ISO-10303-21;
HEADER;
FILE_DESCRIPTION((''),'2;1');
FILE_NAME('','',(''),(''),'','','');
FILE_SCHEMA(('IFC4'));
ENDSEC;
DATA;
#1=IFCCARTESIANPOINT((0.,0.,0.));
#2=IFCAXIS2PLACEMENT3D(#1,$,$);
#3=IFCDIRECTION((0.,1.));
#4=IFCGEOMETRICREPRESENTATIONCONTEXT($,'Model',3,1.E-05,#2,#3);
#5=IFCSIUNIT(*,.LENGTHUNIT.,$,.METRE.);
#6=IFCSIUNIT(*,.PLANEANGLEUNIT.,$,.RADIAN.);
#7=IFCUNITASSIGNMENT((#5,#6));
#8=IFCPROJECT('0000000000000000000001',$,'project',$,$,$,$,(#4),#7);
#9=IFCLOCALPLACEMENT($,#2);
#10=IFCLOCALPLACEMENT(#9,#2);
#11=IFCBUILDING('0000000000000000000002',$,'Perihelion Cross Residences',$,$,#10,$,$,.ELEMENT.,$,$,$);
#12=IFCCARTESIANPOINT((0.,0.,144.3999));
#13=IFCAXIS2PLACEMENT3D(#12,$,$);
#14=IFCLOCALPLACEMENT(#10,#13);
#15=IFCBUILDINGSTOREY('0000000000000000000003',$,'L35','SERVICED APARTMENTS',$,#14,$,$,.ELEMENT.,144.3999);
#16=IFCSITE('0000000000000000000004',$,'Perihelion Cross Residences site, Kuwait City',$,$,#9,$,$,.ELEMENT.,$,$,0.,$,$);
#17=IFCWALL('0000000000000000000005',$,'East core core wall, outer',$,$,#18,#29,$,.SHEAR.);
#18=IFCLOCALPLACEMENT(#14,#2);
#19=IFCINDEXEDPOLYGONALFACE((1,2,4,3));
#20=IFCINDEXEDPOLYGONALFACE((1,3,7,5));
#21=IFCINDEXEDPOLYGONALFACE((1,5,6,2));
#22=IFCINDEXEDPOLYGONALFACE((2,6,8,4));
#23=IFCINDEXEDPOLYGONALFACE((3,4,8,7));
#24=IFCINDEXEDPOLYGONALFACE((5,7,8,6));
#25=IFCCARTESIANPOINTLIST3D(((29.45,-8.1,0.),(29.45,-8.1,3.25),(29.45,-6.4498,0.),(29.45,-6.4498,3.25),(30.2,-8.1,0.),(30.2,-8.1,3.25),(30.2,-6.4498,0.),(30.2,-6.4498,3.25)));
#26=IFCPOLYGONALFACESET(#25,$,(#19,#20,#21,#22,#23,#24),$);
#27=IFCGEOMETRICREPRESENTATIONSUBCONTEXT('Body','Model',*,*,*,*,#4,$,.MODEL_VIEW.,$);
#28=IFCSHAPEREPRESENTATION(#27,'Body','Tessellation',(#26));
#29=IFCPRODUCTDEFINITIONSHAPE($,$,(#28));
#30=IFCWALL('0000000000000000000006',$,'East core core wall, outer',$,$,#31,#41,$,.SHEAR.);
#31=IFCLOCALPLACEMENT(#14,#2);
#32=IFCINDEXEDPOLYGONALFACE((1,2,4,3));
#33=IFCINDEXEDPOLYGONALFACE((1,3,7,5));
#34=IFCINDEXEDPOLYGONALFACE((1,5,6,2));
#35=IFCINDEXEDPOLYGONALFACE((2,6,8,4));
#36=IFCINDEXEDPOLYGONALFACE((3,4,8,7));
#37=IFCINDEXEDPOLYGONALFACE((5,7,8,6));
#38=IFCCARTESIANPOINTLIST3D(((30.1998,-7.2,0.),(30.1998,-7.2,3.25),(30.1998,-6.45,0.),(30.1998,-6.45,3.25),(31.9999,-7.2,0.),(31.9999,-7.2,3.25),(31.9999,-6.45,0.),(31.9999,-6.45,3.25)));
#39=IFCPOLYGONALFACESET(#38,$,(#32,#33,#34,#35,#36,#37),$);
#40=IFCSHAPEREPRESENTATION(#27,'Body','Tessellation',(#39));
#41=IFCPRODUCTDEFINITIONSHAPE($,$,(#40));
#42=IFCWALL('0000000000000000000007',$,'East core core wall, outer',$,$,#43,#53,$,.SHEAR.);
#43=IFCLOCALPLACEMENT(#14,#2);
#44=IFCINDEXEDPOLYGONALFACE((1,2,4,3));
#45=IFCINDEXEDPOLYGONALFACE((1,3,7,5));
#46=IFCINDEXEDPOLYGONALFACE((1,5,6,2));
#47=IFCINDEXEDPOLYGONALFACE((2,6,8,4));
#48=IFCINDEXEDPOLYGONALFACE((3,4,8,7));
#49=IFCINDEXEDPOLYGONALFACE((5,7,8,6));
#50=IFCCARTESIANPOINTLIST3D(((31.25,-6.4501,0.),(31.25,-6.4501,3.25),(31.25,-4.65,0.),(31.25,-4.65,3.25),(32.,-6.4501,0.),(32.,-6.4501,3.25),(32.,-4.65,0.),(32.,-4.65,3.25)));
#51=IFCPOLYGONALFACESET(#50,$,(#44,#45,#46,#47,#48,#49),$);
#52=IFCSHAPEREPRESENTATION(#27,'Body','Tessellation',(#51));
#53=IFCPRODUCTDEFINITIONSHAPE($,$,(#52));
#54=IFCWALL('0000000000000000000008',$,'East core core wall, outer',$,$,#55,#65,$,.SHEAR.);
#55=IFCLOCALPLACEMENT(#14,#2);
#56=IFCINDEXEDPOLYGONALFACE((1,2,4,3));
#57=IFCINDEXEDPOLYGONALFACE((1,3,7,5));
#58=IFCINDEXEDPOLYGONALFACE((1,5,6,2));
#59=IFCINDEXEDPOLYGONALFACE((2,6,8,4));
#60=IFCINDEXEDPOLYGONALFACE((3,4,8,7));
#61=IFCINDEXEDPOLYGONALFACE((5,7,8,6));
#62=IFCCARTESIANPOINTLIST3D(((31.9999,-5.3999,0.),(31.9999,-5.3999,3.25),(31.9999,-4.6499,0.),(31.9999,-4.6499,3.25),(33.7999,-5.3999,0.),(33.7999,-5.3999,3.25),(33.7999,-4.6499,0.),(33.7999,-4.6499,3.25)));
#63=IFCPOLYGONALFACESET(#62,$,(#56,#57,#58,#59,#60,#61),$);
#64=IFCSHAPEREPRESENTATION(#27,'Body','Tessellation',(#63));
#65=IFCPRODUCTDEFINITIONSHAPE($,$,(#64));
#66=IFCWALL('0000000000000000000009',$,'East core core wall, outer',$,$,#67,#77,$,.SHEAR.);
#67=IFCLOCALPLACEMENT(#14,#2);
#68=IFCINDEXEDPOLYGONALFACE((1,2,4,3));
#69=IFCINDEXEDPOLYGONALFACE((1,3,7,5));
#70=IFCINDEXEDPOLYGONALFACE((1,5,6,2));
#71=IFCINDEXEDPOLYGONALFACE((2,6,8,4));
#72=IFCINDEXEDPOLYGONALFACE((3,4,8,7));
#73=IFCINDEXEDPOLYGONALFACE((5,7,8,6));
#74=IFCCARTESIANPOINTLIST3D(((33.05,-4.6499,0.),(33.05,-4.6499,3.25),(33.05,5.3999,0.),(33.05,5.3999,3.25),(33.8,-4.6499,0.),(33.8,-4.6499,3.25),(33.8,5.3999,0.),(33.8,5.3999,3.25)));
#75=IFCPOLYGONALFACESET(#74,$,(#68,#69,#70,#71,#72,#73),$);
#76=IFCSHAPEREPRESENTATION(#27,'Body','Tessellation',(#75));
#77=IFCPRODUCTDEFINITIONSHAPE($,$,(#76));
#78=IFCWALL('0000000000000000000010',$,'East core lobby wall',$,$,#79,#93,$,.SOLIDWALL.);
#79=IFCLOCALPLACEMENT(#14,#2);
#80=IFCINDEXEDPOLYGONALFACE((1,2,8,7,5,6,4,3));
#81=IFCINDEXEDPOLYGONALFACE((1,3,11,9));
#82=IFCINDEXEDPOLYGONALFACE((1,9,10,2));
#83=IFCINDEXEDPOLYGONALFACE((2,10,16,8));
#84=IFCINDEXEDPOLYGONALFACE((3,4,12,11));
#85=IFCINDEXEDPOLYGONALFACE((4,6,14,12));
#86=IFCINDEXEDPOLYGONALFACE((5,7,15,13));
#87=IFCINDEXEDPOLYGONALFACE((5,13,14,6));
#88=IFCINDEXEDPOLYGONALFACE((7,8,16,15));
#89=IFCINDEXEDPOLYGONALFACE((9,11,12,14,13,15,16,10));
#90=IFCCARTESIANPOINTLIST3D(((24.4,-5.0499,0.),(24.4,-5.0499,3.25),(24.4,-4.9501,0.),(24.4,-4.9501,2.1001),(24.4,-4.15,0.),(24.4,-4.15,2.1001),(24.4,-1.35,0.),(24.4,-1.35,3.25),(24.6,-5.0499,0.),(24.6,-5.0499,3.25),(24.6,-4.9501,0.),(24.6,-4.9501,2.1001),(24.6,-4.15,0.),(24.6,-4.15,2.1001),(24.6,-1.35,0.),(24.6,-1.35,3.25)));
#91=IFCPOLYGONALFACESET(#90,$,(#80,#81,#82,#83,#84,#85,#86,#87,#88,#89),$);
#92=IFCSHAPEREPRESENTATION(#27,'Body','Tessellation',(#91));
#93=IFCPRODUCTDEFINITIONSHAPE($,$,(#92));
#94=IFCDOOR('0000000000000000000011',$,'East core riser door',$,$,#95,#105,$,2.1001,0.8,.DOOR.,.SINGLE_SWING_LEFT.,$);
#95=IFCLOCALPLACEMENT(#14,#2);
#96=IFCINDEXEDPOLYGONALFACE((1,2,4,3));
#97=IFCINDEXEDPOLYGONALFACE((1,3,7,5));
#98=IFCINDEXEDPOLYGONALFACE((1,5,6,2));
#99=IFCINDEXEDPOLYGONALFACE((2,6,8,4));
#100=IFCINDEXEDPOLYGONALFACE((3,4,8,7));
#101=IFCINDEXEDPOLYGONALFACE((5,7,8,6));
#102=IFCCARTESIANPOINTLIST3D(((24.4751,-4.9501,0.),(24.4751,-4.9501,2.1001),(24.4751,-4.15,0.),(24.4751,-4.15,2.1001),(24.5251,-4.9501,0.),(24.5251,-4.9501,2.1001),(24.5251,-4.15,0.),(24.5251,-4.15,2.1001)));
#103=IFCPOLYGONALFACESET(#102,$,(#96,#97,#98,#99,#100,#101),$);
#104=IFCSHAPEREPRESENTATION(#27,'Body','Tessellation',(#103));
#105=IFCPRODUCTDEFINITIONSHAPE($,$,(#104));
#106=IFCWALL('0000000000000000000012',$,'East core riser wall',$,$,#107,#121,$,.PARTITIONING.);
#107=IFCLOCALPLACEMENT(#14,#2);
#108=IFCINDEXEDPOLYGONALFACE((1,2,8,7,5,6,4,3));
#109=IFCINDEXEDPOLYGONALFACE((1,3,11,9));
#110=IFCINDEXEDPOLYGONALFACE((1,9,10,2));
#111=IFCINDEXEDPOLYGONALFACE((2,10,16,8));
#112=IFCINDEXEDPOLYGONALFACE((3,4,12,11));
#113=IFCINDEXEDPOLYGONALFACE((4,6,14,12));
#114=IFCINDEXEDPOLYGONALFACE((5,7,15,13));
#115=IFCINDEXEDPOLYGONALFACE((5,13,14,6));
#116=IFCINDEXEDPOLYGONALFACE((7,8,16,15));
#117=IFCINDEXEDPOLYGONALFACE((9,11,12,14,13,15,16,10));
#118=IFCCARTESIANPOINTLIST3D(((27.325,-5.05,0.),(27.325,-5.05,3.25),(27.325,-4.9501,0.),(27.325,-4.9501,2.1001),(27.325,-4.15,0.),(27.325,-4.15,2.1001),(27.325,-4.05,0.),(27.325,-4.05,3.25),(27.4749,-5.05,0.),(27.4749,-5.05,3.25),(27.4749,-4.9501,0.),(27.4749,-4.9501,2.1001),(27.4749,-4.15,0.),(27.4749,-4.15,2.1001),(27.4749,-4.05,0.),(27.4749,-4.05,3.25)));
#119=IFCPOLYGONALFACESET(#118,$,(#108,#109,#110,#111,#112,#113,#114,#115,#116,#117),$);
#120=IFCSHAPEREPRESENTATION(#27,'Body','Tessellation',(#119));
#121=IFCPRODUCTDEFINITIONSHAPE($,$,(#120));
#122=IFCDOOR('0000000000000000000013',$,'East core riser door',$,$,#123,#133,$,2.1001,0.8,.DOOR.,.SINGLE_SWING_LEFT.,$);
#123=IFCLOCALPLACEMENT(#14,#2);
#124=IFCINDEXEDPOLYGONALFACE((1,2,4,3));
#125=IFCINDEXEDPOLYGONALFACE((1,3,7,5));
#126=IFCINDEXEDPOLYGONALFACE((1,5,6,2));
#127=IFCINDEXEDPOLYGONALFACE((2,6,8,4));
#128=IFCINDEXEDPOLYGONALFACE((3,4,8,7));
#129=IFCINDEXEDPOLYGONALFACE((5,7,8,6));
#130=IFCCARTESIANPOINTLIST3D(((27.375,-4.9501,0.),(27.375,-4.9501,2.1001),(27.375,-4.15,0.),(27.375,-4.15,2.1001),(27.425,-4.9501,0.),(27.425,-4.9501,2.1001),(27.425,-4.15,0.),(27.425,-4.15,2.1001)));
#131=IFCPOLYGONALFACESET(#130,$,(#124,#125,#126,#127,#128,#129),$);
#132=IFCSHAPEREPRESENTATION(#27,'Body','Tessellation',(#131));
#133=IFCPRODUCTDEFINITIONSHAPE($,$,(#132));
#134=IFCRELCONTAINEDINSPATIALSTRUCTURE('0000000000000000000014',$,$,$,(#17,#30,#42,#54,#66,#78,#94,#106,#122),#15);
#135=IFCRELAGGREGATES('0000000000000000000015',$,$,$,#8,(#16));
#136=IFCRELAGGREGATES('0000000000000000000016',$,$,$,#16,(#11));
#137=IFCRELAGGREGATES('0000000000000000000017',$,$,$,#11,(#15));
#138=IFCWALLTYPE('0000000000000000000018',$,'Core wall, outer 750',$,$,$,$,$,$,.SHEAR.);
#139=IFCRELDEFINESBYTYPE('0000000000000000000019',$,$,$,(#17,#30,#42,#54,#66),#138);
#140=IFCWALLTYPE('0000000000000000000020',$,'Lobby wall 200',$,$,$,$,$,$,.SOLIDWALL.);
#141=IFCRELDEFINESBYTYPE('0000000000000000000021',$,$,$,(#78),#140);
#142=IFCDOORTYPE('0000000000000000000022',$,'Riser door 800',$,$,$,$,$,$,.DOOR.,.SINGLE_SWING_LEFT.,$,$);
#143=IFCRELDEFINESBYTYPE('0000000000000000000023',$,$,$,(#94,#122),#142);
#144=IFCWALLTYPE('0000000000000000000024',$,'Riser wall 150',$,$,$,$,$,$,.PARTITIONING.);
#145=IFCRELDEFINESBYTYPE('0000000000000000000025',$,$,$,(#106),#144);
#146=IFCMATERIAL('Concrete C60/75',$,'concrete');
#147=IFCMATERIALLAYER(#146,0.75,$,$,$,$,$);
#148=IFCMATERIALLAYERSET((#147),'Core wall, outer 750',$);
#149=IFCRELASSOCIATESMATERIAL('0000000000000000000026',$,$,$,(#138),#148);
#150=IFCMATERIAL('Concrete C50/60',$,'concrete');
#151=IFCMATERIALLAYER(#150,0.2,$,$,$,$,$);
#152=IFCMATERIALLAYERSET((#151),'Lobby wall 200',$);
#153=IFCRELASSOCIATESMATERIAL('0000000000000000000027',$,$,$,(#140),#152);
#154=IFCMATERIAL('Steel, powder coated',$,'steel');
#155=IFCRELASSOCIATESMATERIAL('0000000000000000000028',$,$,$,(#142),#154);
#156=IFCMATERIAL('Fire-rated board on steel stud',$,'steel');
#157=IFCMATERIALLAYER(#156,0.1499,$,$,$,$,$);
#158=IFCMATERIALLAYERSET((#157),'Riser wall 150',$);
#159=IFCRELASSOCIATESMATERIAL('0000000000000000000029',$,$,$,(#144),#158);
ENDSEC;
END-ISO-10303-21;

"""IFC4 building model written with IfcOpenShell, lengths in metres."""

from ifc_helpers import new_model, si_unit, direction, frame, frame_2d, origin, place, context, subcontext, project, spatial, rectangle, extrude, material, layer, layer_set, type_object, element, fill, save


model = new_model("IFC4")

# Units and contexts
model_context = context("Model", 3, precision=1e-05, world=origin(), true_north=direction((0.0, 1.0)))
body_context = subcontext(model_context, "Body", "Model", "MODEL_VIEW")
ifc_project = project(units=[si_unit("LENGTHUNIT", "METRE"), si_unit("PLANEANGLEUNIT", "RADIAN")], contexts=[model_context])

# Site, building, storey
site_placement = place(None, origin())
site = spatial("IfcSite", under=ifc_project, at=site_placement, Name="Perihelion Cross Residences site, Kuwait City", CompositionType="ELEMENT", RefElevation=0.0)
building_placement = place(site_placement, origin())
building = spatial("IfcBuilding", under=site, at=building_placement, Name="Perihelion Cross Residences", CompositionType="ELEMENT")
storey_placement = place(building_placement, frame((0.0, 0.0, 144.3999)))
storey = spatial("IfcBuildingStorey", under=building, at=storey_placement, Name="L35", Description="SERVICED APARTMENTS", CompositionType="ELEMENT", Elevation=144.3999)

# Walls
ifc_material_1 = material(Name="Concrete C60/75", Category="concrete")
ifc_layer_1 = layer(ifc_material_1, 0.75)
ifc_layer_set_1 = layer_set([ifc_layer_1], Name="Core wall, outer 750")
wall_type_1 = type_object("IfcWallType", Name="Core wall, outer 750", PredefinedType="SHEAR", material=ifc_layer_set_1)
wall_1_placement = place(storey_placement, frame((29.825, -8.1001, 0.0), z_axis=(0.0, 0.0, 1.0), x_axis=(0.0, 1.0, 0.0)))
element("IfcWall", 1, at=wall_1_placement, inside=storey, type_object=wall_type_1, Name="East core core wall, outer", PredefinedType="SHEAR", context=body_context, shape_type="SweptSolid", body=[
    extrude(rectangle(XDim=1.6501, YDim=0.75, at=frame_2d((0.8252, 0.0))), origin(), (0.0, 0.0, 1.0), 3.25),
])
for number, where, z_axis, x_axis, name in (
    (2, (30.2, -6.825, 0.0), (0.0, 0.0, 1.0), (1.0, 0.0, 0.0), "East core core wall, outer"),
    (3, (31.625, -6.45, 0.0), (0.0, 0.0, 1.0), (0.0, 1.0, 0.0), "East core core wall, outer"),
    (4, (32.0, -5.0249, 0.0), (0.0, 0.0, 1.0), (1.0, 0.0, 0.0), "East core core wall, outer"),
):
    element("IfcWall", number, at=place(storey_placement, frame(where, z_axis=z_axis, x_axis=x_axis)), inside=storey, type_object=wall_type_1, Name=name, PredefinedType="SHEAR", context=body_context, shape_type="SweptSolid", body=[
        extrude(rectangle(XDim=1.8, YDim=0.75, at=frame_2d((0.8999, 0.0))), origin(), (0.0, 0.0, 1.0), 3.25),
    ])
wall_2_placement = place(storey_placement, frame((33.425, -4.6499, 0.0), z_axis=(0.0, 0.0, 1.0), x_axis=(0.0, 1.0, 0.0)))
element("IfcWall", 5, at=wall_2_placement, inside=storey, type_object=wall_type_1, Name="East core core wall, outer", PredefinedType="SHEAR", context=body_context, shape_type="SweptSolid", body=[
    extrude(rectangle(XDim=10.0498, YDim=0.75, at=frame_2d((5.0249, 0.0))), origin(), (0.0, 0.0, 1.0), 3.25),
])

# Walls, openings, doors
ifc_material_2 = material(Name="Concrete C50/60", Category="concrete")
ifc_layer_2 = layer(ifc_material_2, 0.2)
ifc_layer_set_2 = layer_set([ifc_layer_2], Name="Lobby wall 200")
wall_type_2 = type_object("IfcWallType", Name="Lobby wall 200", PredefinedType="SOLIDWALL", material=ifc_layer_set_2)
wall_3_placement = place(storey_placement, frame((24.5, -5.05, 0.0), z_axis=(0.0, 0.0, 1.0), x_axis=(0.0, 1.0, 0.0)))
wall_3 = element("IfcWall", 6, at=wall_3_placement, inside=storey, type_object=wall_type_2, Name="East core lobby wall", PredefinedType="SOLIDWALL", context=body_context, shape_type="SweptSolid", body=[
    extrude(rectangle(XDim=3.7, YDim=0.2, at=frame_2d((1.8501, 0.0))), origin(), (0.0, 0.0, 1.0), 3.25),
])
opening_1_placement = place(wall_3_placement, frame((0.1001, 0.0, 0.0)))
opening_1 = element("IfcOpeningElement", 7, at=opening_1_placement, cuts=wall_3, PredefinedType="OPENING", context=body_context, shape_type="SweptSolid", body=[
    extrude(rectangle(XDim=0.8, YDim=2.1001, at=frame_2d((0.3999, 1.05))), frame((0.0, 0.1099, 0.0), z_axis=(0.0, -1.0, 0.0), x_axis=(1.0, 0.0, 0.0)), (0.0, 0.0, 1.0), 0.22),
])
ifc_material_3 = material(Name="Steel, powder coated", Category="steel")
door_type_1 = type_object("IfcDoorType", Name="Riser door 800", OperationType="SINGLE_SWING_LEFT", PredefinedType="DOOR", material=ifc_material_3)
door_1_placement = place(opening_1_placement, origin())
door_1 = element("IfcDoor", 8, at=door_1_placement, inside=storey, type_object=door_type_1, Name="East core riser door", OperationType="SINGLE_SWING_LEFT", OverallHeight=2.1001, OverallWidth=0.8, PredefinedType="DOOR", context=body_context, shape_type="SweptSolid", body=[
    extrude(rectangle(XDim=0.8, YDim=2.1001, at=frame_2d((0.3999, 1.05))), frame((0.0, 0.0249, 0.0), z_axis=(0.0, -1.0, 0.0), x_axis=(1.0, 0.0, 0.0)), (0.0, 0.0, 1.0), 0.05),
])
fill(opening_1, door_1)
ifc_material_4 = material(Name="Fire-rated board on steel stud", Category="steel")
ifc_layer_3 = layer(ifc_material_4, 0.1499)
ifc_layer_set_3 = layer_set([ifc_layer_3], Name="Riser wall 150")
wall_type_3 = type_object("IfcWallType", Name="Riser wall 150", PredefinedType="PARTITIONING", material=ifc_layer_set_3)
wall_4_placement = place(storey_placement, frame((27.3999, -5.05, 0.0), z_axis=(0.0, 0.0, 1.0), x_axis=(0.0, 1.0, 0.0)))
wall_4 = element("IfcWall", 9, at=wall_4_placement, inside=storey, type_object=wall_type_3, Name="East core riser wall", PredefinedType="PARTITIONING", context=body_context, shape_type="SweptSolid", body=[
    extrude(rectangle(XDim=1.0, YDim=0.1499, at=frame_2d((0.5, 0.0))), origin(), (0.0, 0.0, 1.0), 3.25),
])
opening_2_placement = place(wall_4_placement, frame((0.1001, 0.0, 0.0)))
opening_2 = element("IfcOpeningElement", 10, at=opening_2_placement, cuts=wall_4, PredefinedType="OPENING", context=body_context, shape_type="SweptSolid", body=[
    extrude(rectangle(XDim=0.8, YDim=2.1001, at=frame_2d((0.3999, 1.05))), frame((0.0, 0.085, 0.0), z_axis=(0.0, -1.0, 0.0), x_axis=(1.0, 0.0, 0.0)), (0.0, 0.0, 1.0), 0.1699),
])
door_2_placement = place(opening_2_placement, origin())
door_2 = element("IfcDoor", 11, at=door_2_placement, inside=storey, type_object=door_type_1, Name="East core riser door", OperationType="SINGLE_SWING_LEFT", OverallHeight=2.1001, OverallWidth=0.8, PredefinedType="DOOR", context=body_context, shape_type="SweptSolid", body=[
    extrude(rectangle(XDim=0.8, YDim=2.1001, at=frame_2d((0.3999, 1.05))), frame((0.0, 0.0249, 0.0), z_axis=(0.0, -1.0, 0.0), x_axis=(1.0, 0.0, 0.0)), (0.0, 0.0, 1.0), 0.05),
])
fill(opening_2, door_2)

save(model, "model.ifc")
